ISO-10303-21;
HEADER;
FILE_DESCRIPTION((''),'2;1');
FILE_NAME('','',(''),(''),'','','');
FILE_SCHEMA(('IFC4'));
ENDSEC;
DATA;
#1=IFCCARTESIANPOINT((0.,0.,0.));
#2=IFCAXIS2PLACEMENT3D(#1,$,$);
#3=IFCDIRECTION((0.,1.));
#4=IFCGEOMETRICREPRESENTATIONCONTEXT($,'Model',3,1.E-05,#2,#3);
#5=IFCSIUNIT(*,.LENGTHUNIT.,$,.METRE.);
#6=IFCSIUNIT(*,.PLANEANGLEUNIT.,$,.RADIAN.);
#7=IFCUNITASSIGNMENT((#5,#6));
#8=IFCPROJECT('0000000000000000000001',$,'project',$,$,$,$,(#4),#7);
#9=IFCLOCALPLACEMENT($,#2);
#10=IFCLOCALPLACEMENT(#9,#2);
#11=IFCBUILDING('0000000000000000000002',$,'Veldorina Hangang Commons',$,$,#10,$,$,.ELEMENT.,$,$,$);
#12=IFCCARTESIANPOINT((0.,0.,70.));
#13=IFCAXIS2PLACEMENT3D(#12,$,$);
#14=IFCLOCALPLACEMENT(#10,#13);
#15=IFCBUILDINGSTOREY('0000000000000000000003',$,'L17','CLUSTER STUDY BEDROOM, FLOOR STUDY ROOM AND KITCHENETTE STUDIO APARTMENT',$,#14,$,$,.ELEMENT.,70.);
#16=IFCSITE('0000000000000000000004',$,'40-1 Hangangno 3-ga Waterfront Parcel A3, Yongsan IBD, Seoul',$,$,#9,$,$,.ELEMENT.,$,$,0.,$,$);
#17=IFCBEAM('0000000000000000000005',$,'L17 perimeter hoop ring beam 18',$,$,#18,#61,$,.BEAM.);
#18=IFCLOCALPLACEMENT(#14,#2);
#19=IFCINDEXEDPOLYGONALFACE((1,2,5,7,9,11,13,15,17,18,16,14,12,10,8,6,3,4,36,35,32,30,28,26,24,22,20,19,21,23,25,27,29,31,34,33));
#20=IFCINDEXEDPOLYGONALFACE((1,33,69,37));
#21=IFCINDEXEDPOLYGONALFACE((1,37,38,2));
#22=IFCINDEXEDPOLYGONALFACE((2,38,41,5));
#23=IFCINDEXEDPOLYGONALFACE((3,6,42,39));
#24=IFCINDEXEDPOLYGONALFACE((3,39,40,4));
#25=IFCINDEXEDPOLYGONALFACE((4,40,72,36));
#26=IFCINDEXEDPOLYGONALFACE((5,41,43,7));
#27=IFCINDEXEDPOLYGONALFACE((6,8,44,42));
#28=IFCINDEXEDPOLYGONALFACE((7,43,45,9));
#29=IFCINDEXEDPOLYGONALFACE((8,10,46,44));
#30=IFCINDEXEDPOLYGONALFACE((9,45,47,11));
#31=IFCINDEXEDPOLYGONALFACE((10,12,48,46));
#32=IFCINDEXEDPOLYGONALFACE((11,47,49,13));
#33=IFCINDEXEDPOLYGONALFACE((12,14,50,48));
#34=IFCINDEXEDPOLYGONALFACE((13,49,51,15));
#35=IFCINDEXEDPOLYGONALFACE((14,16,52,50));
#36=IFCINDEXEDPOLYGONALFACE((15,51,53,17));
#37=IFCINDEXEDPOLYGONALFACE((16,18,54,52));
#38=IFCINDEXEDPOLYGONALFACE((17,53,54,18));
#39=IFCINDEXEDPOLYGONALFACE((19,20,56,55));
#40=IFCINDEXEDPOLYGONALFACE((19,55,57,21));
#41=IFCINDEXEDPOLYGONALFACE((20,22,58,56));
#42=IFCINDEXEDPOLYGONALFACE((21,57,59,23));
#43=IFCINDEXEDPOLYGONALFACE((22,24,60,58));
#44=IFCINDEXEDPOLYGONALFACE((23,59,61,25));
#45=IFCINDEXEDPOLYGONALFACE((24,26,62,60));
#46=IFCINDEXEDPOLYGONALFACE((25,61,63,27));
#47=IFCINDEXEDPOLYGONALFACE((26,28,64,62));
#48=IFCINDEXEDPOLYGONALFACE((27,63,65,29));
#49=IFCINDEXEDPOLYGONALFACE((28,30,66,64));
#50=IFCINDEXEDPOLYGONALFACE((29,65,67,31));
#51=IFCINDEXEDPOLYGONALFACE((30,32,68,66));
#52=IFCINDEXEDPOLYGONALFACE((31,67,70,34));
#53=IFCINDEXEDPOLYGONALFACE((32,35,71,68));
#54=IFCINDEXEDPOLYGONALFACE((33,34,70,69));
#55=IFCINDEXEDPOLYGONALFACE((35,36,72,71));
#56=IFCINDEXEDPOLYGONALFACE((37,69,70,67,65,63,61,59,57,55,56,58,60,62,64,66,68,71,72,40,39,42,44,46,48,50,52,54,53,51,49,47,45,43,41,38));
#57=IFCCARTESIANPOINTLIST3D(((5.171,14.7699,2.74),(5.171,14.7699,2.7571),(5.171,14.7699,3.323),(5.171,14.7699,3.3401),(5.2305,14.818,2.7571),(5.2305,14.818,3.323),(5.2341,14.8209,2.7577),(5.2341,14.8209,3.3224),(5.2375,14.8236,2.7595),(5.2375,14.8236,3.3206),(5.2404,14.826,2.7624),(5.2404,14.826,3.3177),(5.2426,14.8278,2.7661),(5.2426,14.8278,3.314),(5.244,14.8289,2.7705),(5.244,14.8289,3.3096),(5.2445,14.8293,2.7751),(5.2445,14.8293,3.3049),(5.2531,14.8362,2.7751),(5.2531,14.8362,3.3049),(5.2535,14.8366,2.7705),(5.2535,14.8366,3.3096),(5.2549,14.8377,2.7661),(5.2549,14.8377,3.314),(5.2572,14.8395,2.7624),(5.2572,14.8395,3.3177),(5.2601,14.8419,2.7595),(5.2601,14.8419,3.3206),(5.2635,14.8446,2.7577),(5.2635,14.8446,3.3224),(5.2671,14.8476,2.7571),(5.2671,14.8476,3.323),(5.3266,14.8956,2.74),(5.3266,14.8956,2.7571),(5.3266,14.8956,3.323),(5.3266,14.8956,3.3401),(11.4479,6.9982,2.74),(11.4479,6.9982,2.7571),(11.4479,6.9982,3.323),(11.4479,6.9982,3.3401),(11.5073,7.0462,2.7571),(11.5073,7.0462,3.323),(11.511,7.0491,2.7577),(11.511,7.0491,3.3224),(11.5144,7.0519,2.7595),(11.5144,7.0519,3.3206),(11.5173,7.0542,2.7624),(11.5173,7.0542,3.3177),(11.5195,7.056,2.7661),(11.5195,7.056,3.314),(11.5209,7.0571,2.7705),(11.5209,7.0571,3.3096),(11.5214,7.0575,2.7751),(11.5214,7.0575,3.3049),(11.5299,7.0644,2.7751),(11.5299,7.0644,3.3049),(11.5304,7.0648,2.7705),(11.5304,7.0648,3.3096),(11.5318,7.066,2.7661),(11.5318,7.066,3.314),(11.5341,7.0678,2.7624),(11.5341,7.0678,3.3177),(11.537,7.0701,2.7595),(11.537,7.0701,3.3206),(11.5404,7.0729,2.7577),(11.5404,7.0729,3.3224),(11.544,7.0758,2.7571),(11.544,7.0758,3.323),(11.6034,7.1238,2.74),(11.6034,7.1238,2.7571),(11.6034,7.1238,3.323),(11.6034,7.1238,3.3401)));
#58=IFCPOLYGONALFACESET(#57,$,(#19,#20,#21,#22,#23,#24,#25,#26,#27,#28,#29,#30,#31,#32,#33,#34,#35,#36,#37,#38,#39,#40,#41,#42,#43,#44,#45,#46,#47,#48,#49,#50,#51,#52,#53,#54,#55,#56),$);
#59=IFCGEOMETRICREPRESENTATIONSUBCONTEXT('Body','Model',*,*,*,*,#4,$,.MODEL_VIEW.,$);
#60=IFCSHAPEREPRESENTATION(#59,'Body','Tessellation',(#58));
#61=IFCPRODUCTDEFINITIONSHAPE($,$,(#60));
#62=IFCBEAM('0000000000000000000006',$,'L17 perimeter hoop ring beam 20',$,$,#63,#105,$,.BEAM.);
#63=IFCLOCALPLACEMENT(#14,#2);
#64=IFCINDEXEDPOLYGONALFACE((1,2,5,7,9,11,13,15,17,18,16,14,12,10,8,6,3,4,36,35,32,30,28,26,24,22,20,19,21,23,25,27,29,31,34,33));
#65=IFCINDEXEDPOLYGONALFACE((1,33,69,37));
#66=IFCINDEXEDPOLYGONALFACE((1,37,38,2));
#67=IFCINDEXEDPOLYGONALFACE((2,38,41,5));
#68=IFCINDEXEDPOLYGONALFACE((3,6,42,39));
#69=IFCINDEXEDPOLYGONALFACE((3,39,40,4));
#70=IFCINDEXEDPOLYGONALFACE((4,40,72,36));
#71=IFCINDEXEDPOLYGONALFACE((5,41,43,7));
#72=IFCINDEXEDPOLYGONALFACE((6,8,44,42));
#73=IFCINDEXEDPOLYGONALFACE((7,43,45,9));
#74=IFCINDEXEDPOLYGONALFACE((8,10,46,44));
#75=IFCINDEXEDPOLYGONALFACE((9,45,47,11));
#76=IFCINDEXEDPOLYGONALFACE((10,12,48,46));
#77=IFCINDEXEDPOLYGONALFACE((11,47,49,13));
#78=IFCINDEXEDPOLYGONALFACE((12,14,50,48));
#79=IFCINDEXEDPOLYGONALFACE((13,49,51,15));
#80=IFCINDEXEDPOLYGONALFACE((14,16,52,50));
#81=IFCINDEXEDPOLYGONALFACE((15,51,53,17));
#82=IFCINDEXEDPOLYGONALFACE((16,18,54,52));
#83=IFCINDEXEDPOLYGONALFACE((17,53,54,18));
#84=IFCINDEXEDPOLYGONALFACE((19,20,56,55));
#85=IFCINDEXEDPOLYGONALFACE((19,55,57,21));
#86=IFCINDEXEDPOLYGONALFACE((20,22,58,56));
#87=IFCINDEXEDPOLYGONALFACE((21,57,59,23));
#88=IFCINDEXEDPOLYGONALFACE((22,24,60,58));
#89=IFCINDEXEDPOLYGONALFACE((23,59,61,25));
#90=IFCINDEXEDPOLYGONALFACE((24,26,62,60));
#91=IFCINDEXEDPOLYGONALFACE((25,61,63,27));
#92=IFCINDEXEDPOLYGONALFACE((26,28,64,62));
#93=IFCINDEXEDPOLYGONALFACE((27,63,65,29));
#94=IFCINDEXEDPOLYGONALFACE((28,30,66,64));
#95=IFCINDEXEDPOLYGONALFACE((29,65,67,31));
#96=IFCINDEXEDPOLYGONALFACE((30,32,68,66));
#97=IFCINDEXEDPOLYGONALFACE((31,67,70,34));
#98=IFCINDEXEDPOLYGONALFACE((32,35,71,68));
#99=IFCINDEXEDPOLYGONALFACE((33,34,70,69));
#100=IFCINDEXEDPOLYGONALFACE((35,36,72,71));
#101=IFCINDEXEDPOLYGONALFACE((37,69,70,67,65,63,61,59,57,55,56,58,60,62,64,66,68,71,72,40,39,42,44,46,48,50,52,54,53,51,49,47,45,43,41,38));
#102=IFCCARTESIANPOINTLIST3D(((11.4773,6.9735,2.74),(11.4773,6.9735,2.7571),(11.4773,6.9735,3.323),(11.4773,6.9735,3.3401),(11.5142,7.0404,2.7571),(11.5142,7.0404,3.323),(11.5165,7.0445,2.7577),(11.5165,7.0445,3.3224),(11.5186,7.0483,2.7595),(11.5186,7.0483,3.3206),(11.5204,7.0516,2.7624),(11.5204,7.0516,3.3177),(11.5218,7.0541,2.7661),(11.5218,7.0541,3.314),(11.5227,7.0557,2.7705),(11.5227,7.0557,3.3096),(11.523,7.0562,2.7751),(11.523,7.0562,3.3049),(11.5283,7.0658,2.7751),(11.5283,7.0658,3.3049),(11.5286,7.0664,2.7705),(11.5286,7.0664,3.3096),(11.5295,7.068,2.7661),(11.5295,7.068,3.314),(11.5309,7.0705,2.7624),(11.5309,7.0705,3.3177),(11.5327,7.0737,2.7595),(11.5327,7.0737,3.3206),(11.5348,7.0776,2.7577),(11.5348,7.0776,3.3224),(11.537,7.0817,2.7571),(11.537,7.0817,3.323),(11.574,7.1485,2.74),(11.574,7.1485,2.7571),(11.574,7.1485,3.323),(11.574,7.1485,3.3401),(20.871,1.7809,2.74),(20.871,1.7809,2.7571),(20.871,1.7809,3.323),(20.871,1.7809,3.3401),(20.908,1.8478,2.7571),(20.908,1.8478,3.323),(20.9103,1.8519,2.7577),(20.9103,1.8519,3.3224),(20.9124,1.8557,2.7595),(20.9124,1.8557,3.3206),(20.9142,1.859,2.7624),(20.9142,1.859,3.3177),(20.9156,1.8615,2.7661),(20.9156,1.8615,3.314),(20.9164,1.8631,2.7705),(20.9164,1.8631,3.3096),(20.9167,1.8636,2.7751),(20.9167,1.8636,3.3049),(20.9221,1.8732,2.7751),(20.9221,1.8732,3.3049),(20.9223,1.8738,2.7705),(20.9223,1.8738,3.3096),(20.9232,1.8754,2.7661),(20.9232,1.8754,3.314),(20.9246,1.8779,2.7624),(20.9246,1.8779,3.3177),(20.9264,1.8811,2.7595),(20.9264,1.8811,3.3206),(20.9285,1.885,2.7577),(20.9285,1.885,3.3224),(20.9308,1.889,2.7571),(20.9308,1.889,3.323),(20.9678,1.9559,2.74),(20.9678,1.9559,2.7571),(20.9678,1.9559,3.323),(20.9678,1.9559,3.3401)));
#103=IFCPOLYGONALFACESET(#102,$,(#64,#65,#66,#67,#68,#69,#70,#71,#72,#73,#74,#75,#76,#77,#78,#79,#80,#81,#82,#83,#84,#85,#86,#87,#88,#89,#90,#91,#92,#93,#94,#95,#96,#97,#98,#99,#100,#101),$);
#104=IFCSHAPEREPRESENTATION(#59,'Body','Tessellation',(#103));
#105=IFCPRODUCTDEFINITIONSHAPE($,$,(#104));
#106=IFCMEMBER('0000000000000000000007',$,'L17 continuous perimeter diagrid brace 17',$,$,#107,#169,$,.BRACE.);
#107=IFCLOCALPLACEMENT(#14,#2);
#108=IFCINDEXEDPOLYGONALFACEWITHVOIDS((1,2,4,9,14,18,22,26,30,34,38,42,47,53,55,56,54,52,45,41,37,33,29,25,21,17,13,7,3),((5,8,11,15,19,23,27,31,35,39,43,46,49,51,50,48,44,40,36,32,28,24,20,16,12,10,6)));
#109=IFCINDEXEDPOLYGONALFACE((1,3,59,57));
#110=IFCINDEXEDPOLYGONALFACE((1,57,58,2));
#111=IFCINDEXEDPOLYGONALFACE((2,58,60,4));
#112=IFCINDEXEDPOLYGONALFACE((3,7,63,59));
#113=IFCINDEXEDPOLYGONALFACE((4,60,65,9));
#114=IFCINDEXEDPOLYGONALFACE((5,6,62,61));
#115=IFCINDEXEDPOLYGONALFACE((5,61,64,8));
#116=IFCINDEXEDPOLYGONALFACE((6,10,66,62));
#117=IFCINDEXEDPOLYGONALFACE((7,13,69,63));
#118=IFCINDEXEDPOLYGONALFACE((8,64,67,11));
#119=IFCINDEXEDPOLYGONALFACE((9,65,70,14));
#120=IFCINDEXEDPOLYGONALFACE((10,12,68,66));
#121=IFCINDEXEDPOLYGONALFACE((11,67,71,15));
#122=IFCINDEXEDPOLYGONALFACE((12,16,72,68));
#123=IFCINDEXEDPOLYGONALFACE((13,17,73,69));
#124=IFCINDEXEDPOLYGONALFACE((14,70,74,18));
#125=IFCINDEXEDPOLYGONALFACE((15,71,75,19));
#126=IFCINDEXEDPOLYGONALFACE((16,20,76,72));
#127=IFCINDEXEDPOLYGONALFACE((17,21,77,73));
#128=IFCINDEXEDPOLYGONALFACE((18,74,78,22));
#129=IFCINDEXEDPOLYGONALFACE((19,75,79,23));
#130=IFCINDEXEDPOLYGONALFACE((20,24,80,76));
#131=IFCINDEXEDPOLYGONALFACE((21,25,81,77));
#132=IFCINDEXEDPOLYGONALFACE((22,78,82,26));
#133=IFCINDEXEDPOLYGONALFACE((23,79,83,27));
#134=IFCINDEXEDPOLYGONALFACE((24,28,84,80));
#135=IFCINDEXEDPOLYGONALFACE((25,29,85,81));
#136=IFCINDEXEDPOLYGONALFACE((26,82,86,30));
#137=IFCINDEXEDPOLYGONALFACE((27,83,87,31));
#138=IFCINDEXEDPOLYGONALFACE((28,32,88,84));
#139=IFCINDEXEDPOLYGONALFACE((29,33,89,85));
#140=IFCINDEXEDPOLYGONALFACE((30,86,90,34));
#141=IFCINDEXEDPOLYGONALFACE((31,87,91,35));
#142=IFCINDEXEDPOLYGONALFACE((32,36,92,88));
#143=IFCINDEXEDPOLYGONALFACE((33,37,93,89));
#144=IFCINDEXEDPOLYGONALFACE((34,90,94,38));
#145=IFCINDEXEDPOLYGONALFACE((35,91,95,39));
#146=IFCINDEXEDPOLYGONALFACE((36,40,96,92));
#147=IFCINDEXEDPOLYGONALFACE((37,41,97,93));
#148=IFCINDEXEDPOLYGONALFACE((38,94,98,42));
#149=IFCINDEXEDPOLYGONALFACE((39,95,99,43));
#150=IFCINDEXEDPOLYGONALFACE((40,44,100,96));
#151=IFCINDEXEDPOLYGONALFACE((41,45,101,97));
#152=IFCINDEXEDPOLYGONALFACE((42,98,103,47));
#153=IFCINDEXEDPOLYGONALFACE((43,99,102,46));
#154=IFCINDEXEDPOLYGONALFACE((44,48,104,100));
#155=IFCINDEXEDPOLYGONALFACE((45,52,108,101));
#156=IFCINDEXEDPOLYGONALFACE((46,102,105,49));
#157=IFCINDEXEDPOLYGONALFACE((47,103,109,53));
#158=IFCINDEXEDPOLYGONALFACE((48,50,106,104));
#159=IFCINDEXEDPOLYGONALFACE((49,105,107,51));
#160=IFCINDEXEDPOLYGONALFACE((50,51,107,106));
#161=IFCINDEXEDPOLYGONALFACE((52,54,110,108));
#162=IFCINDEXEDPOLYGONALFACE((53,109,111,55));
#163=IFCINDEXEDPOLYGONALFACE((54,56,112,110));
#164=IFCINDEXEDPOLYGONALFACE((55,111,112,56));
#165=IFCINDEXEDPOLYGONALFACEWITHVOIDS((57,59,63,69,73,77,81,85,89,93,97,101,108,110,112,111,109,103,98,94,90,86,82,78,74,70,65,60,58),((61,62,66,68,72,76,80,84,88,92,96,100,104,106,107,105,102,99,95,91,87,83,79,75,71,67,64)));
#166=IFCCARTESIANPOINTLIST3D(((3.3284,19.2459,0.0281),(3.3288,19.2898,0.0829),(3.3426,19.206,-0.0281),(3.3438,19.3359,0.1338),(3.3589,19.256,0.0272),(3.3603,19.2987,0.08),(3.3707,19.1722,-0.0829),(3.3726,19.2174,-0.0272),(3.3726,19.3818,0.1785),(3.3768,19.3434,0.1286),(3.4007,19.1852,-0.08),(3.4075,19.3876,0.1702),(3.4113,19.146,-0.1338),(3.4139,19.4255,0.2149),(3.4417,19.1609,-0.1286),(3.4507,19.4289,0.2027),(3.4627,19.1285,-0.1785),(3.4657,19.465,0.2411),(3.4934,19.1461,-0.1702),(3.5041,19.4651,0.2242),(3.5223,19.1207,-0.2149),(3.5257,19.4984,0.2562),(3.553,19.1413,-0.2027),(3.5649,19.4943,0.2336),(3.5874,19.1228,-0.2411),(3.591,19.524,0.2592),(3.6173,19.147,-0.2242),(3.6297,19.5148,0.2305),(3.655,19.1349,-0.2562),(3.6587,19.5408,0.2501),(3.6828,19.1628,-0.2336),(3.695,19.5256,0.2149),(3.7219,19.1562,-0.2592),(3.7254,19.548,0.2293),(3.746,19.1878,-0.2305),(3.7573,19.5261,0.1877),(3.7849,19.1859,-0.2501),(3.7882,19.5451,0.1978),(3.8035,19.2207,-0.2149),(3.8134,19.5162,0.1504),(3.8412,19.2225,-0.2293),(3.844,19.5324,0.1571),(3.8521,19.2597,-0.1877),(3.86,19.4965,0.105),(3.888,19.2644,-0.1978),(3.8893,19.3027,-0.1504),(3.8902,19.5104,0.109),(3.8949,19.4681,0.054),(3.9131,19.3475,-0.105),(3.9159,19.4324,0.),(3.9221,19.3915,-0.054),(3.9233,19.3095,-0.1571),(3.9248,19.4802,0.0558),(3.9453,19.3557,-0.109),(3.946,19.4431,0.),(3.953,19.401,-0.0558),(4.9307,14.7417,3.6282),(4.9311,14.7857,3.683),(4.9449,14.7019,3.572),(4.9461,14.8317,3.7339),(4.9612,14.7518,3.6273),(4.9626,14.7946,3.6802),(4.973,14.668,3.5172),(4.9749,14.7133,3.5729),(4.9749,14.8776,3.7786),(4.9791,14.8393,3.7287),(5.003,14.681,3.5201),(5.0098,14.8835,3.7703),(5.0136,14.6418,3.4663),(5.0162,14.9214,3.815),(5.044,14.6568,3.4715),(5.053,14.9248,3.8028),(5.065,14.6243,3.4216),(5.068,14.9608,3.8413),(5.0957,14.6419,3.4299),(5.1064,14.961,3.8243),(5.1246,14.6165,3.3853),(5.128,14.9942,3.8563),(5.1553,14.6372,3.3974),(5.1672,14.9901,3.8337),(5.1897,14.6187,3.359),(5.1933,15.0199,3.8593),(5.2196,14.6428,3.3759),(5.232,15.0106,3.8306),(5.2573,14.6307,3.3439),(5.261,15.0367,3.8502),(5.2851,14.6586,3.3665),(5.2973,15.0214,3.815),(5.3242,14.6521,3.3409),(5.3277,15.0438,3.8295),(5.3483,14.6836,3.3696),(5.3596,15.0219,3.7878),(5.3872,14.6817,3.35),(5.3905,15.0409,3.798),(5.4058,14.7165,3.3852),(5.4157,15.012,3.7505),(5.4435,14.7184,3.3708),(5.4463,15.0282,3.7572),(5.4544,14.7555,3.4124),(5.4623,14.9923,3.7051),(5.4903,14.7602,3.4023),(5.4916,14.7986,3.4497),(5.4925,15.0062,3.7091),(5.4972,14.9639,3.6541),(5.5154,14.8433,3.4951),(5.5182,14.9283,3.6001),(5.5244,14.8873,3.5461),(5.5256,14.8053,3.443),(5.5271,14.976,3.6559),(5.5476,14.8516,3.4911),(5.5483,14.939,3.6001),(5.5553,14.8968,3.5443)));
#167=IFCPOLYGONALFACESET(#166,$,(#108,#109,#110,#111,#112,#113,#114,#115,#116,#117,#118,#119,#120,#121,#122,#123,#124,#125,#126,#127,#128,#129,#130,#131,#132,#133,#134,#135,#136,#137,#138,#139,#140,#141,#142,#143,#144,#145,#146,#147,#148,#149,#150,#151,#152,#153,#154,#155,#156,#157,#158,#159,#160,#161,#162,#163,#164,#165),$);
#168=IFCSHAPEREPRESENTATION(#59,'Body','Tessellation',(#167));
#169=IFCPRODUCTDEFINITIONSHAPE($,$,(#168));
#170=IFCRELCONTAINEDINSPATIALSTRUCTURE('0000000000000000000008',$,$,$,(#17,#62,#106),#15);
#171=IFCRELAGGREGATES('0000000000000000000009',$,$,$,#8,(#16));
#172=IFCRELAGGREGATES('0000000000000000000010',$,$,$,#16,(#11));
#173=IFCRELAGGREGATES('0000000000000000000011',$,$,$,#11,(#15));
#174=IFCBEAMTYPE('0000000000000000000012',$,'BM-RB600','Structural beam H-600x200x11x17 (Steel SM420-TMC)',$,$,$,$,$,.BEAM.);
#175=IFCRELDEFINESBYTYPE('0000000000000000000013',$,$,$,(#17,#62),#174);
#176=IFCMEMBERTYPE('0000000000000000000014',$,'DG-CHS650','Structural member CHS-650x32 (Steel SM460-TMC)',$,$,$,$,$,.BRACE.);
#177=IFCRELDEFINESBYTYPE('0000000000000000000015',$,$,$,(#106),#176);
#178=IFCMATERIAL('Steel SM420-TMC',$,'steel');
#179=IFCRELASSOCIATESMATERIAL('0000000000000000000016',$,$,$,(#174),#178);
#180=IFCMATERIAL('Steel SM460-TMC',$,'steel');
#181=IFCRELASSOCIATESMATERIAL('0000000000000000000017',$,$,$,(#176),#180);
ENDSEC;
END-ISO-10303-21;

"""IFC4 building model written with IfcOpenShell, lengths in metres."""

from ifc_helpers import new_model, si_unit, direction, frame, origin, origin_2d, place, context, subcontext, project, spatial, hollow_circle, i_section, extrude, material, material_profile, profile_set, type_object, element, save


model = new_model("IFC4")

# Units and contexts
model_context = context("Model", 3, precision=1e-05, world=origin(), true_north=direction((0.0, 1.0)))
body_context = subcontext(model_context, "Body", "Model", "MODEL_VIEW")
ifc_project = project(units=[si_unit("LENGTHUNIT", "METRE"), si_unit("PLANEANGLEUNIT", "RADIAN")], contexts=[model_context])

# Site, building, storey
site_placement = place(None, origin())
site = spatial("IfcSite", under=ifc_project, at=site_placement, Name="40-1 Hangangno 3-ga Waterfront Parcel A3, Yongsan IBD, Seoul", CompositionType="ELEMENT", RefElevation=0.0)
building_placement = place(site_placement, origin())
building = spatial("IfcBuilding", under=site, at=building_placement, Name="Veldorina Hangang Commons", CompositionType="ELEMENT")
storey_placement = place(building_placement, frame((0.0, 0.0, 70.0)))
storey = spatial("IfcBuildingStorey", under=building, at=storey_placement, Name="L17", Description="CLUSTER STUDY BEDROOM, FLOOR STUDY ROOM AND KITCHENETTE STUDIO APARTMENT", CompositionType="ELEMENT", Elevation=70.0)

# Beams
ifc_material_1 = material(Name="Steel SM420-TMC", Category="steel")
ifc_material_profile_1 = material_profile(ifc_material_1, i_section(OverallWidth=0.2, OverallDepth=0.6001, WebThickness=0.011, FlangeThickness=0.0171, FilletRadius=0.0181, at=origin_2d()), Name="H-600x200x11x17")
ifc_profile_set_1 = profile_set([ifc_material_profile_1], Name="Steel SM420-TMC")
beam_type = type_object("IfcBeamType", Name="BM-RB600", Description="Structural beam H-600x200x11x17 (Steel SM420-TMC)", PredefinedType="BEAM", material=ifc_profile_set_1)
beam_1_placement = place(storey_placement, frame((5.2488, 14.8328, 3.04), z_axis=(0.628318, -0.777956, 0.0), x_axis=(0.777956, 0.628318, 0.0)))
element("IfcBeam", 1, at=beam_1_placement, inside=storey, type_object=beam_type, Name="L17 perimeter hoop ring beam 18", PredefinedType="BEAM", context=body_context, shape_type="SweptSolid", body=[
    extrude(i_section(OverallWidth=0.2, OverallDepth=0.6001, WebThickness=0.011, FlangeThickness=0.0171, FilletRadius=0.0181, at=origin_2d()), origin(), (0.0, 0.0, 1.0), 9.99),
])
beam_2_placement = place(storey_placement, frame((11.5256, 7.061, 3.04), z_axis=(0.87519, -0.48378, 0.0), x_axis=(0.48378, 0.87519, 0.0)))
element("IfcBeam", 2, at=beam_2_placement, inside=storey, type_object=beam_type, Name="L17 perimeter hoop ring beam 20", PredefinedType="BEAM", context=body_context, shape_type="SweptSolid", body=[
    extrude(i_section(OverallWidth=0.2, OverallDepth=0.6001, WebThickness=0.011, FlangeThickness=0.0171, FilletRadius=0.0181, at=origin_2d()), origin(), (0.0, 0.0, 1.0), 10.7334),
])

# Member
ifc_material_2 = material(Name="Steel SM460-TMC", Category="steel")
ifc_material_profile_2 = material_profile(ifc_material_2, hollow_circle(Radius=0.325, WallThickness=0.032, at=origin_2d()), Name="CHS-650x32")
ifc_profile_set_2 = profile_set([ifc_material_profile_2], Name="Steel SM460-TMC")
member_type = type_object("IfcMemberType", Name="DG-CHS650", Description="Structural member CHS-650x32 (Steel SM460-TMC)", PredefinedType="BRACE", material=ifc_profile_set_2)
member_1_placement = place(storey_placement, frame((3.6399, 19.3342, 0.0), z_axis=(0.267736, -0.752624, 0.60156), x_axis=(0.942161, 0.335162, 0.0)))
element("IfcMember", 3, at=member_1_placement, inside=storey, type_object=member_type, Name="L17 continuous perimeter diagrid brace 17", PredefinedType="BRACE", context=body_context, shape_type="SweptSolid", body=[
    extrude(hollow_circle(Radius=0.325, WallThickness=0.032, at=origin_2d()), origin(), (0.0, 0.0, 1.0), 5.9846),
])

save(model, "model.ifc")
